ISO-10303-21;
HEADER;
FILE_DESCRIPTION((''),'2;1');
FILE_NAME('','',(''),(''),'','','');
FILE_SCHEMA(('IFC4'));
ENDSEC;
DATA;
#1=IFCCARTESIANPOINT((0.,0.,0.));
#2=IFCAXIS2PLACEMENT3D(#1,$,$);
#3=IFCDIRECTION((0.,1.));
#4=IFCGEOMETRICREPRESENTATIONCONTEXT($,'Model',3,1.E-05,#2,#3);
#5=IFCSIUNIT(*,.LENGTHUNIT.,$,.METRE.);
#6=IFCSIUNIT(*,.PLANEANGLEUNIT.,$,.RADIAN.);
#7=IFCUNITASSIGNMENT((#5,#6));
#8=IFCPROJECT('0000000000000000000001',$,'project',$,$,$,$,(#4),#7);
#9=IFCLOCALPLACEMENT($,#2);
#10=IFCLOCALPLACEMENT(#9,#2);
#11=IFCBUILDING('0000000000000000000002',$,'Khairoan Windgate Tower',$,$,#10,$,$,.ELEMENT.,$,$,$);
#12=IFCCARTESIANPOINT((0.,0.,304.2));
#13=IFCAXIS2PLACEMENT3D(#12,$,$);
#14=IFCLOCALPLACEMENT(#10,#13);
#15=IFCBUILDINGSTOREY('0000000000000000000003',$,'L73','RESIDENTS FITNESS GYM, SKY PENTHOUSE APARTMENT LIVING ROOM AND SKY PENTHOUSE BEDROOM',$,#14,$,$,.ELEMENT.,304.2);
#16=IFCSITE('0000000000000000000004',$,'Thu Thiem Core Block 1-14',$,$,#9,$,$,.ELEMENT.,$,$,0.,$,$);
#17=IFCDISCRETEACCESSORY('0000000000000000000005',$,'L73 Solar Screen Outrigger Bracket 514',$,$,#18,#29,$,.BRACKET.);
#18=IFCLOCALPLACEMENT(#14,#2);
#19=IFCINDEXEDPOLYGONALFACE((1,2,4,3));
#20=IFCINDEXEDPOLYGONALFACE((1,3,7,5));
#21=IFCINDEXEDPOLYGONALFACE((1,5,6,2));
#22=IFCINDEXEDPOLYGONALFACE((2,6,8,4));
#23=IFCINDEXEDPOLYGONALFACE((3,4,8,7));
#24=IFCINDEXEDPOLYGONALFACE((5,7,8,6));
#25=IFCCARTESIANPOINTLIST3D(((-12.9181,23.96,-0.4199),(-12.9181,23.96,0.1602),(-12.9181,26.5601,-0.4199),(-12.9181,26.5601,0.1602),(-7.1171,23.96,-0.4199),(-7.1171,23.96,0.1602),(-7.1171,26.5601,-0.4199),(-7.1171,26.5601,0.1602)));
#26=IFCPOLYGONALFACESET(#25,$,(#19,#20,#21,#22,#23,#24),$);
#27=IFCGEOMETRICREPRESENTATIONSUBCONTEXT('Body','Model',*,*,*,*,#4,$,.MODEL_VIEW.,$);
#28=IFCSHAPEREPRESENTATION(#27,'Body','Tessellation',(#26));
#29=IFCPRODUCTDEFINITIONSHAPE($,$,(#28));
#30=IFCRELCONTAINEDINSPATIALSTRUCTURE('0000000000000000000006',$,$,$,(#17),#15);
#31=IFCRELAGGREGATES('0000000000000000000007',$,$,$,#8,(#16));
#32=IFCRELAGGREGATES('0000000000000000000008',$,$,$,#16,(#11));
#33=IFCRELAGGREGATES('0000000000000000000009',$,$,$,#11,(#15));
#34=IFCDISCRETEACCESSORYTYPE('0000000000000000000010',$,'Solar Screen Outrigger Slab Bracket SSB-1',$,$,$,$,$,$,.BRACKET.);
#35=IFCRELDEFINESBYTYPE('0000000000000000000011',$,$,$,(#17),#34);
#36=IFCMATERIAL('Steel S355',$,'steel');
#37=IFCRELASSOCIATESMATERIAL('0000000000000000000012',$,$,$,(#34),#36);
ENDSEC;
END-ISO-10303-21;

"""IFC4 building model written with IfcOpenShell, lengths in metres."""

from ifc_helpers import new_model, si_unit, direction, frame, origin, origin_2d, place, context, subcontext, project, spatial, rectangle, extrude, material, type_object, element, save


model = new_model("IFC4")

# Units and contexts
model_context = context("Model", 3, precision=1e-05, world=origin(), true_north=direction((0.0, 1.0)))
body_context = subcontext(model_context, "Body", "Model", "MODEL_VIEW")
ifc_project = project(units=[si_unit("LENGTHUNIT", "METRE"), si_unit("PLANEANGLEUNIT", "RADIAN")], contexts=[model_context])

# Site, building, storey
site_placement = place(None, origin())
site = spatial("IfcSite", under=ifc_project, at=site_placement, Name="Thu Thiem Core Block 1-14", CompositionType="ELEMENT", RefElevation=0.0)
building_placement = place(site_placement, origin())
building = spatial("IfcBuilding", under=site, at=building_placement, Name="Khairoan Windgate Tower", CompositionType="ELEMENT")
storey_placement = place(building_placement, frame((0.0, 0.0, 304.2)))
storey = spatial("IfcBuildingStorey", under=building, at=storey_placement, Name="L73", Description="RESIDENTS FITNESS GYM, SKY PENTHOUSE APARTMENT LIVING ROOM AND SKY PENTHOUSE BEDROOM", CompositionType="ELEMENT", Elevation=304.2)

# Discrete accessory
ifc_material_1 = material(Name="Steel S355", Category="steel")
discrete_accessory_type = type_object("IfcDiscreteAccessoryType", Name="Solar Screen Outrigger Slab Bracket SSB-1", PredefinedType="BRACKET", material=ifc_material_1)
discrete_accessory_placement = place(storey_placement, frame((-10.0176, 25.26, -0.4199), z_axis=(0.0, 0.0, 1.0), x_axis=(1.0, 0.0, 0.0)))
element("IfcDiscreteAccessory", 1, at=discrete_accessory_placement, inside=storey, type_object=discrete_accessory_type, Name="L73 Solar Screen Outrigger Bracket 514", PredefinedType="BRACKET", context=body_context, shape_type="SweptSolid", body=[
    extrude(rectangle(XDim=5.801, YDim=2.6001, at=origin_2d()), origin(), (0.0, 0.0, 1.0), 0.5801),
])

save(model, "model.ifc")
